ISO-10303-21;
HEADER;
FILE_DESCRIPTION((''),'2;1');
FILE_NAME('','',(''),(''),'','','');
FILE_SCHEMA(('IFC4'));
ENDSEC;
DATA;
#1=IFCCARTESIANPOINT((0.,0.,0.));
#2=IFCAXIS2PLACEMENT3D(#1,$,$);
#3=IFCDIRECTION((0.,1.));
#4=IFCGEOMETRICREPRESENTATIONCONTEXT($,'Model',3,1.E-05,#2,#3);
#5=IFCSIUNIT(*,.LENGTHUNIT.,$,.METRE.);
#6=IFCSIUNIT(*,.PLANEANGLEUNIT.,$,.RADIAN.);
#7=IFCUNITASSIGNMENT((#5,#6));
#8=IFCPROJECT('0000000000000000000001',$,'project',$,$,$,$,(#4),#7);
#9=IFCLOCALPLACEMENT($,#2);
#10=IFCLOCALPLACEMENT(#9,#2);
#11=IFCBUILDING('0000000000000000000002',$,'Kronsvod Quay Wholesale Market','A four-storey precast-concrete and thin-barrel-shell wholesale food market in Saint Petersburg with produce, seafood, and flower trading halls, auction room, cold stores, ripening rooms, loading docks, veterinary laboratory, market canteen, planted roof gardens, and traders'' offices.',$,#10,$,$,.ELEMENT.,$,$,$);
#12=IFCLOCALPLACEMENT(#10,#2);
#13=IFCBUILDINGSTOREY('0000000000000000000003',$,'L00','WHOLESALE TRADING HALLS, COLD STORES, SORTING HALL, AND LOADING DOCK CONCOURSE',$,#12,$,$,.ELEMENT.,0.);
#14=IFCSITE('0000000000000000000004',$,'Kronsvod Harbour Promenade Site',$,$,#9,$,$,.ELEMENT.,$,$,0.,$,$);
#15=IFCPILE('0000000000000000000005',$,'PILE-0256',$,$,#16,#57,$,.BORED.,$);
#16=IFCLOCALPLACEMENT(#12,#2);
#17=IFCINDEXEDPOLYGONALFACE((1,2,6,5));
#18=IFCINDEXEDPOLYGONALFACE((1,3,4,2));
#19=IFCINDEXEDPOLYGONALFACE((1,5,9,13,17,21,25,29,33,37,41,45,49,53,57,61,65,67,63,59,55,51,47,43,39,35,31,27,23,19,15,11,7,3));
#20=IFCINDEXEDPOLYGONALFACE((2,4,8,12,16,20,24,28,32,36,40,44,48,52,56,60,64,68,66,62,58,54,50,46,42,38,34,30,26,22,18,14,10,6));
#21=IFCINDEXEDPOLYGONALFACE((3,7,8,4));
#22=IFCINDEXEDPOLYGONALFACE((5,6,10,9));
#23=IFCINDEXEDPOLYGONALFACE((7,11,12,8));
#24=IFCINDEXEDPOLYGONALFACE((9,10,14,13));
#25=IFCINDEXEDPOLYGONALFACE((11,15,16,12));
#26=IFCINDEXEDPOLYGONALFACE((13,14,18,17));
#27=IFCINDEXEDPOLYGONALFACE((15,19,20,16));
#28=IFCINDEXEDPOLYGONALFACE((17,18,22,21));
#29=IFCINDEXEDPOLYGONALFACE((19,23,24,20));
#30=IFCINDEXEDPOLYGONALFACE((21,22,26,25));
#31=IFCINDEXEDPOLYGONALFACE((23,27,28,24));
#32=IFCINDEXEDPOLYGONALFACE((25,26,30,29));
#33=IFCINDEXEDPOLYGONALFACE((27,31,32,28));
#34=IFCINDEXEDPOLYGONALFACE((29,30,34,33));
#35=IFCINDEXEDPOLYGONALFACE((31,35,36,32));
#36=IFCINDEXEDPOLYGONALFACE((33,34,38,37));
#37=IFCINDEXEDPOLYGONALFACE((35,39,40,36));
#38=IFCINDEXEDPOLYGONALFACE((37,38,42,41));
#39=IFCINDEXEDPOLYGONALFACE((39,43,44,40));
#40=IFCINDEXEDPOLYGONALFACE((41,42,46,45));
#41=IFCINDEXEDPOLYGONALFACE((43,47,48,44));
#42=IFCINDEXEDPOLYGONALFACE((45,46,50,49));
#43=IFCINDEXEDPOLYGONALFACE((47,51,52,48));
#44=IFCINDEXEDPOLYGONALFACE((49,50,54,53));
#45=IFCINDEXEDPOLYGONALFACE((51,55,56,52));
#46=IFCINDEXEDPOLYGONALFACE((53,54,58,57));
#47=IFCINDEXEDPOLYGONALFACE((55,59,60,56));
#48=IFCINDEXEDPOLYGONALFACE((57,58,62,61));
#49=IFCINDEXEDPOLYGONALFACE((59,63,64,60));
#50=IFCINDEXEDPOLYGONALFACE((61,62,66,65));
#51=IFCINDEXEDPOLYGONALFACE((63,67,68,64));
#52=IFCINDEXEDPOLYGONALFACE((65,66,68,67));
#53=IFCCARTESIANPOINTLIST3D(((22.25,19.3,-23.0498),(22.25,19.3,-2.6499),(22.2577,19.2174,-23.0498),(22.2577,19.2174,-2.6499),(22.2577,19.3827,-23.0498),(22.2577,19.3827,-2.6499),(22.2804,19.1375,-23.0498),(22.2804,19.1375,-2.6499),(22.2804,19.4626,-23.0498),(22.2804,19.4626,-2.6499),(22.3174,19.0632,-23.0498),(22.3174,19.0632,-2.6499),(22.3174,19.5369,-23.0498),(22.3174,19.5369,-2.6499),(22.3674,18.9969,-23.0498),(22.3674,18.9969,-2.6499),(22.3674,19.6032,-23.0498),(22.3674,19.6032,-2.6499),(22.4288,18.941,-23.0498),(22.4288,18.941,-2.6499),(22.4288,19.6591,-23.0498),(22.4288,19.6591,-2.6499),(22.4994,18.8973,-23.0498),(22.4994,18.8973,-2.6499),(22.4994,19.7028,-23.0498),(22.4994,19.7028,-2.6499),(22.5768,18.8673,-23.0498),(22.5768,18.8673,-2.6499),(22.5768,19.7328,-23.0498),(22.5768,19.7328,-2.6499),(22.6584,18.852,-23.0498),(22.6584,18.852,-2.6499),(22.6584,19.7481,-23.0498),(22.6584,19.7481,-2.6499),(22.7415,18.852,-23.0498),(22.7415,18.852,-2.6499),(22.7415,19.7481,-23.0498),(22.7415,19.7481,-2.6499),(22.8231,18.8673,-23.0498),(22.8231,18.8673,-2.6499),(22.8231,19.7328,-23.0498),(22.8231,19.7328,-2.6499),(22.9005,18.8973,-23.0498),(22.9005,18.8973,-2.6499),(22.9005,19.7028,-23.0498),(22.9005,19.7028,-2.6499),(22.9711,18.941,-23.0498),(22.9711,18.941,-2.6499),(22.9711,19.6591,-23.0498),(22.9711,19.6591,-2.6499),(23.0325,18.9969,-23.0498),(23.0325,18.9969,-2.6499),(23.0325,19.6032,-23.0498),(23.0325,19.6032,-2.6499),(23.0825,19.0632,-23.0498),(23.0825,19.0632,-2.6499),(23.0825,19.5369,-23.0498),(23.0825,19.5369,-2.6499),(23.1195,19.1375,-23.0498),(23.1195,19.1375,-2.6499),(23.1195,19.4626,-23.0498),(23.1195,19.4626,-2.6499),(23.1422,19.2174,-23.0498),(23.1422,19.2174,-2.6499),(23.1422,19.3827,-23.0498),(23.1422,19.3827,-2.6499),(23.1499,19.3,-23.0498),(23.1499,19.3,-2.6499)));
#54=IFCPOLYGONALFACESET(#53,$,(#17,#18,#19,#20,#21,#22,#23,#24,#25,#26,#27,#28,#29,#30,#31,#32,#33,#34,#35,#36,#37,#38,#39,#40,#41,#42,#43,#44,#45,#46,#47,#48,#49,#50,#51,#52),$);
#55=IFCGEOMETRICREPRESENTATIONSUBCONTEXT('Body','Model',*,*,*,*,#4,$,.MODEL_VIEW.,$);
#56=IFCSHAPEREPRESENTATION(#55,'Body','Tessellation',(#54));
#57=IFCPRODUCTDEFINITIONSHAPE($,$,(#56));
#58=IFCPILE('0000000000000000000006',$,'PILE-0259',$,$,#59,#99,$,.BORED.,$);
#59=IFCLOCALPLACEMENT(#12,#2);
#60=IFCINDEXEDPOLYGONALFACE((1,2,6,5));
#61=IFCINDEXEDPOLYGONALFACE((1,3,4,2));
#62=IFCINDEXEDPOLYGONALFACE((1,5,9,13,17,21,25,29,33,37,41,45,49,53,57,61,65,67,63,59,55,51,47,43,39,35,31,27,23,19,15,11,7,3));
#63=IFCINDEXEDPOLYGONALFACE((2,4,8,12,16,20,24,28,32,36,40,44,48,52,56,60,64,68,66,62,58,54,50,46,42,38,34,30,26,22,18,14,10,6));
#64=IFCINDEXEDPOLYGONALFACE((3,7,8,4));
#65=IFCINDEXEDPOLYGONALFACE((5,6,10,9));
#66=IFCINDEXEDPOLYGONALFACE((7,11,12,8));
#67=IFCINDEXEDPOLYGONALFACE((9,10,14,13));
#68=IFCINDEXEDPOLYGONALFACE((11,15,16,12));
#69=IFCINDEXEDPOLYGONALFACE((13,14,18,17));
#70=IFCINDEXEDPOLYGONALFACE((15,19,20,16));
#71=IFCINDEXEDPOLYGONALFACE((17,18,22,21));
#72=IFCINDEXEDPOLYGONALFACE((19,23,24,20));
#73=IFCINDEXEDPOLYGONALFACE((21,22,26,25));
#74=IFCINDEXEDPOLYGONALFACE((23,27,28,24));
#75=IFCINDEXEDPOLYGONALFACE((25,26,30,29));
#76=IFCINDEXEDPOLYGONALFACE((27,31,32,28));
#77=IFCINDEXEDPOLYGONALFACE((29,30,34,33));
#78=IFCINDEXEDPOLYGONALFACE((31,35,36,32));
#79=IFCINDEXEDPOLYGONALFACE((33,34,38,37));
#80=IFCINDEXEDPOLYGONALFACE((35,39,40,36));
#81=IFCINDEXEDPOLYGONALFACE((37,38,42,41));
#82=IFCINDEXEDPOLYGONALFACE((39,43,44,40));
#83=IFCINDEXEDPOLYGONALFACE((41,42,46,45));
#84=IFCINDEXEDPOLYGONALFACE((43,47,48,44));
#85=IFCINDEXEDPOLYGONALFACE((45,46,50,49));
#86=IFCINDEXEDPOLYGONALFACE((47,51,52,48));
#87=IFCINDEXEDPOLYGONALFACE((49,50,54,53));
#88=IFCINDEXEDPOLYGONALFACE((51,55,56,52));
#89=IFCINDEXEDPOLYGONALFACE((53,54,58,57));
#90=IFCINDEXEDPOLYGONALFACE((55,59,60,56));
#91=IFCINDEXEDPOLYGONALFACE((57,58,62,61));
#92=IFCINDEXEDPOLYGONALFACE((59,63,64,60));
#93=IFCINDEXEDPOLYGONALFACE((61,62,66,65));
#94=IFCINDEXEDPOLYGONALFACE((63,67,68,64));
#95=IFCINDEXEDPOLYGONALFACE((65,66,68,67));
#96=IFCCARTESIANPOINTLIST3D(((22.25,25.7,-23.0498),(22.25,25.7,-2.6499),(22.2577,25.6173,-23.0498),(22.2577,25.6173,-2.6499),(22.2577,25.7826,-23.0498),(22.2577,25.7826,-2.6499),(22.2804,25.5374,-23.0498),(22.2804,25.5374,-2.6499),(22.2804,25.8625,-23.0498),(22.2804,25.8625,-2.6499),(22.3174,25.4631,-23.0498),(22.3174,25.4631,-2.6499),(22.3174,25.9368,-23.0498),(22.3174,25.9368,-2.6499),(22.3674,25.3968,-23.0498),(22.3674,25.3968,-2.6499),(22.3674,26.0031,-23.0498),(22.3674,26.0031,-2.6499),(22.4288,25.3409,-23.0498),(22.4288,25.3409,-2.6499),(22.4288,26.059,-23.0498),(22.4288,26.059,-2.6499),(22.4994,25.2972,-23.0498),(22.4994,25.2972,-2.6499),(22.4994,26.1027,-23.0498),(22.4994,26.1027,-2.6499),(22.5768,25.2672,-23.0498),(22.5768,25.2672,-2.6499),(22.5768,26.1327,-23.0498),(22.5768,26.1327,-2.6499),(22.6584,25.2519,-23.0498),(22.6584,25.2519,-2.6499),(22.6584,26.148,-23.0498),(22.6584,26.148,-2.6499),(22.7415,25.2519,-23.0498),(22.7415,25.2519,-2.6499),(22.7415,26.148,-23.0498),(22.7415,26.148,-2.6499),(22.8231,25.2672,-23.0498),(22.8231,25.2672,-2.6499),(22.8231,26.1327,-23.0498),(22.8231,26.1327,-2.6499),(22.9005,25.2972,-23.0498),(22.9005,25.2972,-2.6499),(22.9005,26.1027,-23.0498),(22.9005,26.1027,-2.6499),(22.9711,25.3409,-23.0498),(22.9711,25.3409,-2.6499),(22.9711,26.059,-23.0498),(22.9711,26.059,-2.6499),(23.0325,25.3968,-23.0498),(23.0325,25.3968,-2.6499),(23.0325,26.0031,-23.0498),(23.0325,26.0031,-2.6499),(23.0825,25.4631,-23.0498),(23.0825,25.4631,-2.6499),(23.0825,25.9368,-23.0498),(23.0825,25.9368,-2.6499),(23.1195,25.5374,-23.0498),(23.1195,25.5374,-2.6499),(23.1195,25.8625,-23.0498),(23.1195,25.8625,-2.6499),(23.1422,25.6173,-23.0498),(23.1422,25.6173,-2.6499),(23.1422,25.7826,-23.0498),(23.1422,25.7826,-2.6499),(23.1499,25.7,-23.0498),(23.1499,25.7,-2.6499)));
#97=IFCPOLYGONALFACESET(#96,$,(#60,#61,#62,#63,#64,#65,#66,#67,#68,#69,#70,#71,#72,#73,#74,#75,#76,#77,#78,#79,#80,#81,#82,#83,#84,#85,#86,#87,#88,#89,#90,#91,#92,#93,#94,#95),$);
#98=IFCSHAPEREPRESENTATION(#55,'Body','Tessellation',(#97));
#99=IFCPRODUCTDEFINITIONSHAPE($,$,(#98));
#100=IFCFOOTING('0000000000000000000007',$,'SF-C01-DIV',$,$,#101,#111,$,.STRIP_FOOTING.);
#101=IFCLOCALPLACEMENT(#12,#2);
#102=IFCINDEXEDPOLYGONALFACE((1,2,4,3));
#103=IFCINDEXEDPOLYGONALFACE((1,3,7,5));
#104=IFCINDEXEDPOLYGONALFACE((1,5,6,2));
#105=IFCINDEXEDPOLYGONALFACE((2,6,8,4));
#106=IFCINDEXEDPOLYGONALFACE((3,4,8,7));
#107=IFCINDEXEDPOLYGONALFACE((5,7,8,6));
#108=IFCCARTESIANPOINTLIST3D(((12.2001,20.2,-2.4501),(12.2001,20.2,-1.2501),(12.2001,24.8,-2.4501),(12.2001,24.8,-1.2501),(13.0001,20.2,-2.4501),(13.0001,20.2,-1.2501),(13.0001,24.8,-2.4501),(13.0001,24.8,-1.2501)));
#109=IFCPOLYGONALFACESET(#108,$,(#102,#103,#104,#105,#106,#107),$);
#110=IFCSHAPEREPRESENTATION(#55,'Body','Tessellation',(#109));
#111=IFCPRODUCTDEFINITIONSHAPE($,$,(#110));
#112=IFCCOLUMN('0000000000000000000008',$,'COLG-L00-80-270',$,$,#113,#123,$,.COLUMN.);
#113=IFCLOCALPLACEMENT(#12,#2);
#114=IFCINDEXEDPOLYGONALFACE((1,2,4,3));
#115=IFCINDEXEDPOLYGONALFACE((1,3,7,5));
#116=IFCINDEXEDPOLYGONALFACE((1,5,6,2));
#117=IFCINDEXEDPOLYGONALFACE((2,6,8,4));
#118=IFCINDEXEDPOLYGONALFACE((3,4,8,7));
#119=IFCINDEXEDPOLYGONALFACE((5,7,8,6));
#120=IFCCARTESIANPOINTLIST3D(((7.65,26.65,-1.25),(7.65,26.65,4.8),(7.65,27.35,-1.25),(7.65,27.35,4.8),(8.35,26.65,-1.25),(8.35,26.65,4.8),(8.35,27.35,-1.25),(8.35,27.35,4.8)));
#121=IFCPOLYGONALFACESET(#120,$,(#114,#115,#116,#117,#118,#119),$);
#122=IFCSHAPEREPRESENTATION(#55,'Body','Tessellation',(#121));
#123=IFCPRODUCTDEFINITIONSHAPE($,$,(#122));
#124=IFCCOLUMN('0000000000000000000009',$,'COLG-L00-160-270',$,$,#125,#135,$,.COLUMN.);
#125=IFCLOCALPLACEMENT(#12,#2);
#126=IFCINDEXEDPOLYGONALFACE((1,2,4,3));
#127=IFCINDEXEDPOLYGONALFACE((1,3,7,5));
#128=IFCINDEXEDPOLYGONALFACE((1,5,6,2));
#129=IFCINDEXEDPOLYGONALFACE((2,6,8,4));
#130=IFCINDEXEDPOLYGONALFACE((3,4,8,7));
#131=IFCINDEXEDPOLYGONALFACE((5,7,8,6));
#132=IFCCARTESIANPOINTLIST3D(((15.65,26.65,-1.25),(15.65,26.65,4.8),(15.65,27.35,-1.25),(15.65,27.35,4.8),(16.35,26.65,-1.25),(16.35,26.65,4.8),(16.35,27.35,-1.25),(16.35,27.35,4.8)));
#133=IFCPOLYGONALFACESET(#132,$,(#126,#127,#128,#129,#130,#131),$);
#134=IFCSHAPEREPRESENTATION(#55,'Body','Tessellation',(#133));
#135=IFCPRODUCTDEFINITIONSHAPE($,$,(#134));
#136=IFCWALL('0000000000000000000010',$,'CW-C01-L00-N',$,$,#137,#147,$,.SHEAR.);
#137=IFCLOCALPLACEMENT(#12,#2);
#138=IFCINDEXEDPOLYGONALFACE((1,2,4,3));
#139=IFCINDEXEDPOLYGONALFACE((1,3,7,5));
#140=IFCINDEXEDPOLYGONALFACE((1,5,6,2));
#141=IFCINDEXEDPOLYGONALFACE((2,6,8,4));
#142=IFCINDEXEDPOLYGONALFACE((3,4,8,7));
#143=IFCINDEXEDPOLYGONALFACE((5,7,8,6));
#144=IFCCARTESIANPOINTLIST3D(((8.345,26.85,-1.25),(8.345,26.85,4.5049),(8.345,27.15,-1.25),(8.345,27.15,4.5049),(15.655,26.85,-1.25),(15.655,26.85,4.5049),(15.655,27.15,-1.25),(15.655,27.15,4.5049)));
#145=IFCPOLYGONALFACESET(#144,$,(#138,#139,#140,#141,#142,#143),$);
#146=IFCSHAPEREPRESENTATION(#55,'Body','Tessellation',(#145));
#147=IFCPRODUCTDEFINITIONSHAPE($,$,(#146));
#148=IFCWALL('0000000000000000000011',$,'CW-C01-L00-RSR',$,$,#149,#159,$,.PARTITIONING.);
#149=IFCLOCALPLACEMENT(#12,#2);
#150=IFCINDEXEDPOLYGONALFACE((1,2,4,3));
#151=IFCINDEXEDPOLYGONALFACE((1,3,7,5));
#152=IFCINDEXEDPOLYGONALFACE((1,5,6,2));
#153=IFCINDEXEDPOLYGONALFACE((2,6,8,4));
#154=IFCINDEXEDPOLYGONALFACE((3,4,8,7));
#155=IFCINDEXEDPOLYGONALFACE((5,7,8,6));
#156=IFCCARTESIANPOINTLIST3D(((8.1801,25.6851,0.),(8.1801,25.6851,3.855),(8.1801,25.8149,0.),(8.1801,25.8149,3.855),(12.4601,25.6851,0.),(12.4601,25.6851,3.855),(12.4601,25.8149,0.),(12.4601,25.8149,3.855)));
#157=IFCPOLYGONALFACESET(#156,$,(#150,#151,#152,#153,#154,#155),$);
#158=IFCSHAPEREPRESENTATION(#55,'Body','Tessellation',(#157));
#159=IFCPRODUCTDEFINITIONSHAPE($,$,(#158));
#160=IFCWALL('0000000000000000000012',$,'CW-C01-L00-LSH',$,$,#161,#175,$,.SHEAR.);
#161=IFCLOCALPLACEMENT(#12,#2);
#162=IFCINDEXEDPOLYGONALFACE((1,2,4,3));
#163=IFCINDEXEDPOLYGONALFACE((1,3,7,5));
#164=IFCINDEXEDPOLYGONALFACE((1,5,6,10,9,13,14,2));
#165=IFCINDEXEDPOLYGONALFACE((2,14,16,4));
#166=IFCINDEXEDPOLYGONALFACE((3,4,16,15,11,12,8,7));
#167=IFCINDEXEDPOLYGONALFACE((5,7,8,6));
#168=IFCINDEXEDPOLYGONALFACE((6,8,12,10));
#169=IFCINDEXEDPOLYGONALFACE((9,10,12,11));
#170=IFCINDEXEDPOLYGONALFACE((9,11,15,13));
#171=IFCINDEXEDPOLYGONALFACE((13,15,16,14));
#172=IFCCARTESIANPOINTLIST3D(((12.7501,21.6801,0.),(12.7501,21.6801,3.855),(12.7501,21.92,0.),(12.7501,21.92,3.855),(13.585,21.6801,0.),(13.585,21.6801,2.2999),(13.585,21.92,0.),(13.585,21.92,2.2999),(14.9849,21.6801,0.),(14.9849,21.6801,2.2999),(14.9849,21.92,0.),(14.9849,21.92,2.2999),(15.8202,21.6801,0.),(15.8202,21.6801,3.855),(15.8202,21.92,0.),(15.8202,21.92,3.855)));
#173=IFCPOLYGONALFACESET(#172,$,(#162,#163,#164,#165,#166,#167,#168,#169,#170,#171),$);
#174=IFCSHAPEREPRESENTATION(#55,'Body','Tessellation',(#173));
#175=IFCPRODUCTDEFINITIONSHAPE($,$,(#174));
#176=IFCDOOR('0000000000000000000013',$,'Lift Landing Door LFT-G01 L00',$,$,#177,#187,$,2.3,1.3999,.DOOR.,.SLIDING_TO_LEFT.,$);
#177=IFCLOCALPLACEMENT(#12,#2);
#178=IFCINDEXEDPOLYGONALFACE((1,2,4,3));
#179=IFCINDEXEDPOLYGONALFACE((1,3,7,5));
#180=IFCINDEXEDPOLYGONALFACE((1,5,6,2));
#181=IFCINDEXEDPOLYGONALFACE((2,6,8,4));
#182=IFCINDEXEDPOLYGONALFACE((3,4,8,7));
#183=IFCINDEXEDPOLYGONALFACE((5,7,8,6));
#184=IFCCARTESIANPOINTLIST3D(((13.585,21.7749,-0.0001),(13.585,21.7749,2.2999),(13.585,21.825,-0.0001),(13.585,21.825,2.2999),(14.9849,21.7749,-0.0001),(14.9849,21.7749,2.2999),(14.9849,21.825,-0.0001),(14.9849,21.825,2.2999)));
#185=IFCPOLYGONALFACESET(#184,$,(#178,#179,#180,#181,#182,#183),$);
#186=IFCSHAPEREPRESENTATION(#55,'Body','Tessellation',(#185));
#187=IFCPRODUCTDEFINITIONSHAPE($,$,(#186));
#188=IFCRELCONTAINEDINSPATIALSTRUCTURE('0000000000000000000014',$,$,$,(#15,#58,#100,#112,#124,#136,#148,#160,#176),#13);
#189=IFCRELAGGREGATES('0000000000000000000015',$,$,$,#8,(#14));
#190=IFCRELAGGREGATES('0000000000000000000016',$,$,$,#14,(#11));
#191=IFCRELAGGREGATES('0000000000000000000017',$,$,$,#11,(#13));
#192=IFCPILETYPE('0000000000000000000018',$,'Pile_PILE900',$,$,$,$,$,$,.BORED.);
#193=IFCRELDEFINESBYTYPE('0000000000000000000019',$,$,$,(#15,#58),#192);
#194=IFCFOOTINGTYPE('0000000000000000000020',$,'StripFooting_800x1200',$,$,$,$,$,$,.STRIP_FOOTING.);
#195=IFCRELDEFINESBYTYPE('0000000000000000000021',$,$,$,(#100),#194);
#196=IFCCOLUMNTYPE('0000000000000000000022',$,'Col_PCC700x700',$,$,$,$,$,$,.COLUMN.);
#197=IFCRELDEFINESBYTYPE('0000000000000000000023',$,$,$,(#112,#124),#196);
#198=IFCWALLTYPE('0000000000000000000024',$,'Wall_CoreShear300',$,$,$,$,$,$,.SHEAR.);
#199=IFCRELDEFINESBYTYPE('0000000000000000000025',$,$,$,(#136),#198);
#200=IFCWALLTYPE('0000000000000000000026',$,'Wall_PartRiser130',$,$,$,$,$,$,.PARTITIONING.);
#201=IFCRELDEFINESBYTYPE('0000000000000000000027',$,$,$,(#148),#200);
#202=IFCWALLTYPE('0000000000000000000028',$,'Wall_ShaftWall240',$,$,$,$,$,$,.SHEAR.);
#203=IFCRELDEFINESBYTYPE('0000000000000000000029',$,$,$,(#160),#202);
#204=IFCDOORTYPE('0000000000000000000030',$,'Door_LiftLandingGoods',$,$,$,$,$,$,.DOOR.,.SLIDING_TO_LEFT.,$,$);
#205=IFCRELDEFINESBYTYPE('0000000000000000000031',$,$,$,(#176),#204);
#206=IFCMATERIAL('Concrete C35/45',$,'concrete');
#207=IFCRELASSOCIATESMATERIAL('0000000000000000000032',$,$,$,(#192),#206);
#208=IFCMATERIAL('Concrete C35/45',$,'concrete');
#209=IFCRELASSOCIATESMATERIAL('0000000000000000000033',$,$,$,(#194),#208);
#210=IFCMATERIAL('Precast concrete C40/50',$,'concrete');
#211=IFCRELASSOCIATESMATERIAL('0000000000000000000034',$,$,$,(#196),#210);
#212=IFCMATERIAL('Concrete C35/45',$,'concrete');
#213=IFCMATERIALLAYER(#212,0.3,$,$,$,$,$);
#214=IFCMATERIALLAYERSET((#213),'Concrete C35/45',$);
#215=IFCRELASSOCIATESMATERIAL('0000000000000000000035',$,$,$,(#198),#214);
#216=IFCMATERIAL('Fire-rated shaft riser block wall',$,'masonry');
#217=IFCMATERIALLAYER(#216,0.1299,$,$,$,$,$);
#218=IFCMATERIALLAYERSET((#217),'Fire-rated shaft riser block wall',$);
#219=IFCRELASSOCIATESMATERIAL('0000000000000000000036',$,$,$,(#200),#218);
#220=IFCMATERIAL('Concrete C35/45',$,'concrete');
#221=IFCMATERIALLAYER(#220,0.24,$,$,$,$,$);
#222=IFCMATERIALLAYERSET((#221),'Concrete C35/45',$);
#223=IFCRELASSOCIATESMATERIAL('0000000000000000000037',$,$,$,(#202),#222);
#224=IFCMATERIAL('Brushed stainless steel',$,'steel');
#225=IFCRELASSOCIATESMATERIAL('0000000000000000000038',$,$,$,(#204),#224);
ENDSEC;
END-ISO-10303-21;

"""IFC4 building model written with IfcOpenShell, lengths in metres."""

from ifc_helpers import new_model, si_unit, direction, frame, frame_2d, origin, origin_2d, place, context, subcontext, project, spatial, rectangle, circle, extrude, material, layer, layer_set, material_profile, profile_set, type_object, element, fill, save


model = new_model("IFC4")

# Units and contexts
model_context = context("Model", 3, precision=1e-05, world=origin(), true_north=direction((0.0, 1.0)))
body_context = subcontext(model_context, "Body", "Model", "MODEL_VIEW")
ifc_project = project(units=[si_unit("LENGTHUNIT", "METRE"), si_unit("PLANEANGLEUNIT", "RADIAN")], contexts=[model_context])

# Site, building, storey
site_placement = place(None, origin())
site = spatial("IfcSite", under=ifc_project, at=site_placement, Name="Kronsvod Harbour Promenade Site", CompositionType="ELEMENT", RefElevation=0.0)
building_placement = place(site_placement, origin())
building = spatial("IfcBuilding", under=site, at=building_placement, Name="Kronsvod Quay Wholesale Market", Description="A four-storey precast-concrete and thin-barrel-shell wholesale food market in Saint Petersburg with produce, seafood, and flower trading halls, auction room, cold stores, ripening rooms, loading docks, veterinary laboratory, market canteen, planted roof gardens, and traders' offices.", CompositionType="ELEMENT")
storey_placement = place(building_placement, origin())
storey = spatial("IfcBuildingStorey", under=building, at=storey_placement, Name="L00", Description="WHOLESALE TRADING HALLS, COLD STORES, SORTING HALL, AND LOADING DOCK CONCOURSE", CompositionType="ELEMENT", Elevation=0.0)

# Piles
ifc_material_1 = material(Name="Concrete C35/45", Category="concrete")
ifc_material_profile_1 = material_profile(ifc_material_1, circle(Radius=0.45, at=origin_2d()), Name="PILE900")
ifc_profile_set_1 = profile_set([ifc_material_profile_1], Name="Concrete C35/45")
pile_type = type_object("IfcPileType", Name="Pile_PILE900", PredefinedType="BORED", material=ifc_profile_set_1)
for number, where, z_axis, x_axis, name in (
    (1, (22.7, 19.3, -2.6499), (0.0, 0.0, -1.0), (1.0, 0.0, 0.0), "PILE-0256"),
    (2, (22.7, 25.7, -2.6499), (0.0, 0.0, -1.0), (1.0, 0.0, 0.0), "PILE-0259"),
):
    element("IfcPile", number, at=place(storey_placement, frame(where, z_axis=z_axis, x_axis=x_axis)), inside=storey, type_object=pile_type, Name=name, PredefinedType="BORED", context=body_context, shape_type="SweptSolid", body=[
        extrude(circle(Radius=0.45, at=origin_2d()), origin(), (0.0, 0.0, 1.0), 20.3999),
    ])

# Footing
ifc_material_2 = material(Name="Concrete C35/45", Category="concrete")
ifc_material_profile_2 = material_profile(ifc_material_2, rectangle(XDim=0.8, YDim=1.2, at=origin_2d()), Name="SF-01")
ifc_profile_set_2 = profile_set([ifc_material_profile_2], Name="Concrete C35/45")
footing_type_1 = type_object("IfcFootingType", Name="StripFooting_800x1200", PredefinedType="STRIP_FOOTING", material=ifc_profile_set_2)
footing_placement = place(storey_placement, frame((12.6001, 20.2, -1.8501), z_axis=(0.0, 1.0, 0.0), x_axis=(-1.0, 0.0, 0.0)))
element("IfcFooting", 3, at=footing_placement, inside=storey, type_object=footing_type_1, Name="SF-C01-DIV", PredefinedType="STRIP_FOOTING", context=body_context, shape_type="SweptSolid", body=[
    extrude(rectangle(XDim=0.8, YDim=1.2, at=origin_2d()), origin(), (0.0, 0.0, 1.0), 4.6001),
])

# Columns
ifc_material_3 = material(Name="Precast concrete C40/50", Category="concrete")
ifc_material_profile_3 = material_profile(ifc_material_3, rectangle(XDim=0.7, YDim=0.7, at=origin_2d()), Name="PCC700x700")
ifc_profile_set_3 = profile_set([ifc_material_profile_3], Name="Precast concrete C40/50")
column_type = type_object("IfcColumnType", Name="Col_PCC700x700", PredefinedType="COLUMN", material=ifc_profile_set_3)
for number, where, z_axis, x_axis, name in (
    (4, (8.0, 27.0, -1.25), (0.0, 0.0, 1.0), (1.0, 0.0, 0.0), "COLG-L00-80-270"),
    (5, (16.0, 27.0, -1.25), (0.0, 0.0, 1.0), (1.0, 0.0, 0.0), "COLG-L00-160-270"),
):
    element("IfcColumn", number, at=place(storey_placement, frame(where, z_axis=z_axis, x_axis=x_axis)), inside=storey, type_object=column_type, Name=name, PredefinedType="COLUMN", context=body_context, shape_type="SweptSolid", body=[
        extrude(rectangle(XDim=0.7, YDim=0.7, at=origin_2d()), origin(), (0.0, 0.0, 1.0), 6.05),
    ])

# Wall
ifc_material_4 = material(Name="Concrete C35/45", Category="concrete")
ifc_layer_1 = layer(ifc_material_4, 0.3)
ifc_layer_set_1 = layer_set([ifc_layer_1], Name="Concrete C35/45")
wall_type_1 = type_object("IfcWallType", Name="Wall_CoreShear300", PredefinedType="SHEAR", material=ifc_layer_set_1)
wall_1_placement = place(storey_placement, frame((8.345, 27.0, -1.25), z_axis=(0.0, 0.0, 1.0), x_axis=(1.0, 0.0, 0.0)))
element("IfcWall", 6, at=wall_1_placement, inside=storey, type_object=wall_type_1, Name="CW-C01-L00-N", PredefinedType="SHEAR", context=body_context, shape_type="SweptSolid", body=[
    extrude(rectangle(XDim=7.3101, YDim=0.3, at=frame_2d((3.655, 0.0))), origin(), (0.0, 0.0, 1.0), 5.7549),
])

# Wall
ifc_material_5 = material(Name="Fire-rated shaft riser block wall", Category="masonry")
ifc_layer_2 = layer(ifc_material_5, 0.1299)
ifc_layer_set_2 = layer_set([ifc_layer_2], Name="Fire-rated shaft riser block wall")
wall_type_2 = type_object("IfcWallType", Name="Wall_PartRiser130", PredefinedType="PARTITIONING", material=ifc_layer_set_2)
wall_2_placement = place(storey_placement, frame((8.1799, 25.75, 0.0), z_axis=(0.0, 0.0, 1.0), x_axis=(1.0, 0.0, 0.0)))
element("IfcWall", 7, at=wall_2_placement, inside=storey, type_object=wall_type_2, Name="CW-C01-L00-RSR", PredefinedType="PARTITIONING", context=body_context, shape_type="SweptSolid", body=[
    extrude(rectangle(XDim=4.28, YDim=0.1299, at=frame_2d((2.1401, 0.0))), origin(), (0.0, 0.0, 1.0), 3.855),
])

# Wall, opening, door
ifc_material_6 = material(Name="Concrete C35/45", Category="concrete")
ifc_layer_3 = layer(ifc_material_6, 0.24)
ifc_layer_set_3 = layer_set([ifc_layer_3], Name="Concrete C35/45")
wall_type_3 = type_object("IfcWallType", Name="Wall_ShaftWall240", PredefinedType="SHEAR", material=ifc_layer_set_3)
wall_3_placement = place(storey_placement, frame((12.75, 21.8, 0.0), z_axis=(0.0, 0.0, 1.0), x_axis=(1.0, 0.0, 0.0)))
wall_3 = element("IfcWall", 8, at=wall_3_placement, inside=storey, type_object=wall_type_3, Name="CW-C01-L00-LSH", PredefinedType="SHEAR", context=body_context, shape_type="SweptSolid", body=[
    extrude(rectangle(XDim=3.0701, YDim=0.24, at=frame_2d((1.5352, 0.0))), origin(), (0.0, 0.0, 1.0), 3.855),
])
opening_1_placement = place(wall_3_placement, frame((0.835, 0.0, 0.0)))
opening_1 = element("IfcOpeningElement", 9, at=opening_1_placement, cuts=wall_3, PredefinedType="OPENING", context=body_context, shape_type="SweptSolid", body=[
    extrude(rectangle(XDim=1.3999, YDim=2.3, at=frame_2d((0.7, 1.1499))), frame((0.0, 0.1299, 0.0), z_axis=(0.0, -1.0, 0.0), x_axis=(1.0, 0.0, 0.0)), (0.0, 0.0, 1.0), 0.26),
])
ifc_material_7 = material(Name="Brushed stainless steel", Category="steel")
door_type_1 = type_object("IfcDoorType", Name="Door_LiftLandingGoods", OperationType="SLIDING_TO_LEFT", PredefinedType="DOOR", material=ifc_material_7)
door_1_placement = place(opening_1_placement, origin())
door_1 = element("IfcDoor", 10, at=door_1_placement, inside=storey, type_object=door_type_1, Name="Lift Landing Door LFT-G01 L00", OperationType="SLIDING_TO_LEFT", OverallHeight=2.3, OverallWidth=1.3999, PredefinedType="DOOR", context=body_context, shape_type="SweptSolid", body=[
    extrude(rectangle(XDim=1.3999, YDim=2.3, at=frame_2d((0.7, 1.1499))), frame((0.0, 0.0249, 0.0), z_axis=(0.0, -1.0, 0.0), x_axis=(1.0, 0.0, 0.0)), (0.0, 0.0, 1.0), 0.05),
])
fill(opening_1, door_1)

save(model, "model.ifc")
